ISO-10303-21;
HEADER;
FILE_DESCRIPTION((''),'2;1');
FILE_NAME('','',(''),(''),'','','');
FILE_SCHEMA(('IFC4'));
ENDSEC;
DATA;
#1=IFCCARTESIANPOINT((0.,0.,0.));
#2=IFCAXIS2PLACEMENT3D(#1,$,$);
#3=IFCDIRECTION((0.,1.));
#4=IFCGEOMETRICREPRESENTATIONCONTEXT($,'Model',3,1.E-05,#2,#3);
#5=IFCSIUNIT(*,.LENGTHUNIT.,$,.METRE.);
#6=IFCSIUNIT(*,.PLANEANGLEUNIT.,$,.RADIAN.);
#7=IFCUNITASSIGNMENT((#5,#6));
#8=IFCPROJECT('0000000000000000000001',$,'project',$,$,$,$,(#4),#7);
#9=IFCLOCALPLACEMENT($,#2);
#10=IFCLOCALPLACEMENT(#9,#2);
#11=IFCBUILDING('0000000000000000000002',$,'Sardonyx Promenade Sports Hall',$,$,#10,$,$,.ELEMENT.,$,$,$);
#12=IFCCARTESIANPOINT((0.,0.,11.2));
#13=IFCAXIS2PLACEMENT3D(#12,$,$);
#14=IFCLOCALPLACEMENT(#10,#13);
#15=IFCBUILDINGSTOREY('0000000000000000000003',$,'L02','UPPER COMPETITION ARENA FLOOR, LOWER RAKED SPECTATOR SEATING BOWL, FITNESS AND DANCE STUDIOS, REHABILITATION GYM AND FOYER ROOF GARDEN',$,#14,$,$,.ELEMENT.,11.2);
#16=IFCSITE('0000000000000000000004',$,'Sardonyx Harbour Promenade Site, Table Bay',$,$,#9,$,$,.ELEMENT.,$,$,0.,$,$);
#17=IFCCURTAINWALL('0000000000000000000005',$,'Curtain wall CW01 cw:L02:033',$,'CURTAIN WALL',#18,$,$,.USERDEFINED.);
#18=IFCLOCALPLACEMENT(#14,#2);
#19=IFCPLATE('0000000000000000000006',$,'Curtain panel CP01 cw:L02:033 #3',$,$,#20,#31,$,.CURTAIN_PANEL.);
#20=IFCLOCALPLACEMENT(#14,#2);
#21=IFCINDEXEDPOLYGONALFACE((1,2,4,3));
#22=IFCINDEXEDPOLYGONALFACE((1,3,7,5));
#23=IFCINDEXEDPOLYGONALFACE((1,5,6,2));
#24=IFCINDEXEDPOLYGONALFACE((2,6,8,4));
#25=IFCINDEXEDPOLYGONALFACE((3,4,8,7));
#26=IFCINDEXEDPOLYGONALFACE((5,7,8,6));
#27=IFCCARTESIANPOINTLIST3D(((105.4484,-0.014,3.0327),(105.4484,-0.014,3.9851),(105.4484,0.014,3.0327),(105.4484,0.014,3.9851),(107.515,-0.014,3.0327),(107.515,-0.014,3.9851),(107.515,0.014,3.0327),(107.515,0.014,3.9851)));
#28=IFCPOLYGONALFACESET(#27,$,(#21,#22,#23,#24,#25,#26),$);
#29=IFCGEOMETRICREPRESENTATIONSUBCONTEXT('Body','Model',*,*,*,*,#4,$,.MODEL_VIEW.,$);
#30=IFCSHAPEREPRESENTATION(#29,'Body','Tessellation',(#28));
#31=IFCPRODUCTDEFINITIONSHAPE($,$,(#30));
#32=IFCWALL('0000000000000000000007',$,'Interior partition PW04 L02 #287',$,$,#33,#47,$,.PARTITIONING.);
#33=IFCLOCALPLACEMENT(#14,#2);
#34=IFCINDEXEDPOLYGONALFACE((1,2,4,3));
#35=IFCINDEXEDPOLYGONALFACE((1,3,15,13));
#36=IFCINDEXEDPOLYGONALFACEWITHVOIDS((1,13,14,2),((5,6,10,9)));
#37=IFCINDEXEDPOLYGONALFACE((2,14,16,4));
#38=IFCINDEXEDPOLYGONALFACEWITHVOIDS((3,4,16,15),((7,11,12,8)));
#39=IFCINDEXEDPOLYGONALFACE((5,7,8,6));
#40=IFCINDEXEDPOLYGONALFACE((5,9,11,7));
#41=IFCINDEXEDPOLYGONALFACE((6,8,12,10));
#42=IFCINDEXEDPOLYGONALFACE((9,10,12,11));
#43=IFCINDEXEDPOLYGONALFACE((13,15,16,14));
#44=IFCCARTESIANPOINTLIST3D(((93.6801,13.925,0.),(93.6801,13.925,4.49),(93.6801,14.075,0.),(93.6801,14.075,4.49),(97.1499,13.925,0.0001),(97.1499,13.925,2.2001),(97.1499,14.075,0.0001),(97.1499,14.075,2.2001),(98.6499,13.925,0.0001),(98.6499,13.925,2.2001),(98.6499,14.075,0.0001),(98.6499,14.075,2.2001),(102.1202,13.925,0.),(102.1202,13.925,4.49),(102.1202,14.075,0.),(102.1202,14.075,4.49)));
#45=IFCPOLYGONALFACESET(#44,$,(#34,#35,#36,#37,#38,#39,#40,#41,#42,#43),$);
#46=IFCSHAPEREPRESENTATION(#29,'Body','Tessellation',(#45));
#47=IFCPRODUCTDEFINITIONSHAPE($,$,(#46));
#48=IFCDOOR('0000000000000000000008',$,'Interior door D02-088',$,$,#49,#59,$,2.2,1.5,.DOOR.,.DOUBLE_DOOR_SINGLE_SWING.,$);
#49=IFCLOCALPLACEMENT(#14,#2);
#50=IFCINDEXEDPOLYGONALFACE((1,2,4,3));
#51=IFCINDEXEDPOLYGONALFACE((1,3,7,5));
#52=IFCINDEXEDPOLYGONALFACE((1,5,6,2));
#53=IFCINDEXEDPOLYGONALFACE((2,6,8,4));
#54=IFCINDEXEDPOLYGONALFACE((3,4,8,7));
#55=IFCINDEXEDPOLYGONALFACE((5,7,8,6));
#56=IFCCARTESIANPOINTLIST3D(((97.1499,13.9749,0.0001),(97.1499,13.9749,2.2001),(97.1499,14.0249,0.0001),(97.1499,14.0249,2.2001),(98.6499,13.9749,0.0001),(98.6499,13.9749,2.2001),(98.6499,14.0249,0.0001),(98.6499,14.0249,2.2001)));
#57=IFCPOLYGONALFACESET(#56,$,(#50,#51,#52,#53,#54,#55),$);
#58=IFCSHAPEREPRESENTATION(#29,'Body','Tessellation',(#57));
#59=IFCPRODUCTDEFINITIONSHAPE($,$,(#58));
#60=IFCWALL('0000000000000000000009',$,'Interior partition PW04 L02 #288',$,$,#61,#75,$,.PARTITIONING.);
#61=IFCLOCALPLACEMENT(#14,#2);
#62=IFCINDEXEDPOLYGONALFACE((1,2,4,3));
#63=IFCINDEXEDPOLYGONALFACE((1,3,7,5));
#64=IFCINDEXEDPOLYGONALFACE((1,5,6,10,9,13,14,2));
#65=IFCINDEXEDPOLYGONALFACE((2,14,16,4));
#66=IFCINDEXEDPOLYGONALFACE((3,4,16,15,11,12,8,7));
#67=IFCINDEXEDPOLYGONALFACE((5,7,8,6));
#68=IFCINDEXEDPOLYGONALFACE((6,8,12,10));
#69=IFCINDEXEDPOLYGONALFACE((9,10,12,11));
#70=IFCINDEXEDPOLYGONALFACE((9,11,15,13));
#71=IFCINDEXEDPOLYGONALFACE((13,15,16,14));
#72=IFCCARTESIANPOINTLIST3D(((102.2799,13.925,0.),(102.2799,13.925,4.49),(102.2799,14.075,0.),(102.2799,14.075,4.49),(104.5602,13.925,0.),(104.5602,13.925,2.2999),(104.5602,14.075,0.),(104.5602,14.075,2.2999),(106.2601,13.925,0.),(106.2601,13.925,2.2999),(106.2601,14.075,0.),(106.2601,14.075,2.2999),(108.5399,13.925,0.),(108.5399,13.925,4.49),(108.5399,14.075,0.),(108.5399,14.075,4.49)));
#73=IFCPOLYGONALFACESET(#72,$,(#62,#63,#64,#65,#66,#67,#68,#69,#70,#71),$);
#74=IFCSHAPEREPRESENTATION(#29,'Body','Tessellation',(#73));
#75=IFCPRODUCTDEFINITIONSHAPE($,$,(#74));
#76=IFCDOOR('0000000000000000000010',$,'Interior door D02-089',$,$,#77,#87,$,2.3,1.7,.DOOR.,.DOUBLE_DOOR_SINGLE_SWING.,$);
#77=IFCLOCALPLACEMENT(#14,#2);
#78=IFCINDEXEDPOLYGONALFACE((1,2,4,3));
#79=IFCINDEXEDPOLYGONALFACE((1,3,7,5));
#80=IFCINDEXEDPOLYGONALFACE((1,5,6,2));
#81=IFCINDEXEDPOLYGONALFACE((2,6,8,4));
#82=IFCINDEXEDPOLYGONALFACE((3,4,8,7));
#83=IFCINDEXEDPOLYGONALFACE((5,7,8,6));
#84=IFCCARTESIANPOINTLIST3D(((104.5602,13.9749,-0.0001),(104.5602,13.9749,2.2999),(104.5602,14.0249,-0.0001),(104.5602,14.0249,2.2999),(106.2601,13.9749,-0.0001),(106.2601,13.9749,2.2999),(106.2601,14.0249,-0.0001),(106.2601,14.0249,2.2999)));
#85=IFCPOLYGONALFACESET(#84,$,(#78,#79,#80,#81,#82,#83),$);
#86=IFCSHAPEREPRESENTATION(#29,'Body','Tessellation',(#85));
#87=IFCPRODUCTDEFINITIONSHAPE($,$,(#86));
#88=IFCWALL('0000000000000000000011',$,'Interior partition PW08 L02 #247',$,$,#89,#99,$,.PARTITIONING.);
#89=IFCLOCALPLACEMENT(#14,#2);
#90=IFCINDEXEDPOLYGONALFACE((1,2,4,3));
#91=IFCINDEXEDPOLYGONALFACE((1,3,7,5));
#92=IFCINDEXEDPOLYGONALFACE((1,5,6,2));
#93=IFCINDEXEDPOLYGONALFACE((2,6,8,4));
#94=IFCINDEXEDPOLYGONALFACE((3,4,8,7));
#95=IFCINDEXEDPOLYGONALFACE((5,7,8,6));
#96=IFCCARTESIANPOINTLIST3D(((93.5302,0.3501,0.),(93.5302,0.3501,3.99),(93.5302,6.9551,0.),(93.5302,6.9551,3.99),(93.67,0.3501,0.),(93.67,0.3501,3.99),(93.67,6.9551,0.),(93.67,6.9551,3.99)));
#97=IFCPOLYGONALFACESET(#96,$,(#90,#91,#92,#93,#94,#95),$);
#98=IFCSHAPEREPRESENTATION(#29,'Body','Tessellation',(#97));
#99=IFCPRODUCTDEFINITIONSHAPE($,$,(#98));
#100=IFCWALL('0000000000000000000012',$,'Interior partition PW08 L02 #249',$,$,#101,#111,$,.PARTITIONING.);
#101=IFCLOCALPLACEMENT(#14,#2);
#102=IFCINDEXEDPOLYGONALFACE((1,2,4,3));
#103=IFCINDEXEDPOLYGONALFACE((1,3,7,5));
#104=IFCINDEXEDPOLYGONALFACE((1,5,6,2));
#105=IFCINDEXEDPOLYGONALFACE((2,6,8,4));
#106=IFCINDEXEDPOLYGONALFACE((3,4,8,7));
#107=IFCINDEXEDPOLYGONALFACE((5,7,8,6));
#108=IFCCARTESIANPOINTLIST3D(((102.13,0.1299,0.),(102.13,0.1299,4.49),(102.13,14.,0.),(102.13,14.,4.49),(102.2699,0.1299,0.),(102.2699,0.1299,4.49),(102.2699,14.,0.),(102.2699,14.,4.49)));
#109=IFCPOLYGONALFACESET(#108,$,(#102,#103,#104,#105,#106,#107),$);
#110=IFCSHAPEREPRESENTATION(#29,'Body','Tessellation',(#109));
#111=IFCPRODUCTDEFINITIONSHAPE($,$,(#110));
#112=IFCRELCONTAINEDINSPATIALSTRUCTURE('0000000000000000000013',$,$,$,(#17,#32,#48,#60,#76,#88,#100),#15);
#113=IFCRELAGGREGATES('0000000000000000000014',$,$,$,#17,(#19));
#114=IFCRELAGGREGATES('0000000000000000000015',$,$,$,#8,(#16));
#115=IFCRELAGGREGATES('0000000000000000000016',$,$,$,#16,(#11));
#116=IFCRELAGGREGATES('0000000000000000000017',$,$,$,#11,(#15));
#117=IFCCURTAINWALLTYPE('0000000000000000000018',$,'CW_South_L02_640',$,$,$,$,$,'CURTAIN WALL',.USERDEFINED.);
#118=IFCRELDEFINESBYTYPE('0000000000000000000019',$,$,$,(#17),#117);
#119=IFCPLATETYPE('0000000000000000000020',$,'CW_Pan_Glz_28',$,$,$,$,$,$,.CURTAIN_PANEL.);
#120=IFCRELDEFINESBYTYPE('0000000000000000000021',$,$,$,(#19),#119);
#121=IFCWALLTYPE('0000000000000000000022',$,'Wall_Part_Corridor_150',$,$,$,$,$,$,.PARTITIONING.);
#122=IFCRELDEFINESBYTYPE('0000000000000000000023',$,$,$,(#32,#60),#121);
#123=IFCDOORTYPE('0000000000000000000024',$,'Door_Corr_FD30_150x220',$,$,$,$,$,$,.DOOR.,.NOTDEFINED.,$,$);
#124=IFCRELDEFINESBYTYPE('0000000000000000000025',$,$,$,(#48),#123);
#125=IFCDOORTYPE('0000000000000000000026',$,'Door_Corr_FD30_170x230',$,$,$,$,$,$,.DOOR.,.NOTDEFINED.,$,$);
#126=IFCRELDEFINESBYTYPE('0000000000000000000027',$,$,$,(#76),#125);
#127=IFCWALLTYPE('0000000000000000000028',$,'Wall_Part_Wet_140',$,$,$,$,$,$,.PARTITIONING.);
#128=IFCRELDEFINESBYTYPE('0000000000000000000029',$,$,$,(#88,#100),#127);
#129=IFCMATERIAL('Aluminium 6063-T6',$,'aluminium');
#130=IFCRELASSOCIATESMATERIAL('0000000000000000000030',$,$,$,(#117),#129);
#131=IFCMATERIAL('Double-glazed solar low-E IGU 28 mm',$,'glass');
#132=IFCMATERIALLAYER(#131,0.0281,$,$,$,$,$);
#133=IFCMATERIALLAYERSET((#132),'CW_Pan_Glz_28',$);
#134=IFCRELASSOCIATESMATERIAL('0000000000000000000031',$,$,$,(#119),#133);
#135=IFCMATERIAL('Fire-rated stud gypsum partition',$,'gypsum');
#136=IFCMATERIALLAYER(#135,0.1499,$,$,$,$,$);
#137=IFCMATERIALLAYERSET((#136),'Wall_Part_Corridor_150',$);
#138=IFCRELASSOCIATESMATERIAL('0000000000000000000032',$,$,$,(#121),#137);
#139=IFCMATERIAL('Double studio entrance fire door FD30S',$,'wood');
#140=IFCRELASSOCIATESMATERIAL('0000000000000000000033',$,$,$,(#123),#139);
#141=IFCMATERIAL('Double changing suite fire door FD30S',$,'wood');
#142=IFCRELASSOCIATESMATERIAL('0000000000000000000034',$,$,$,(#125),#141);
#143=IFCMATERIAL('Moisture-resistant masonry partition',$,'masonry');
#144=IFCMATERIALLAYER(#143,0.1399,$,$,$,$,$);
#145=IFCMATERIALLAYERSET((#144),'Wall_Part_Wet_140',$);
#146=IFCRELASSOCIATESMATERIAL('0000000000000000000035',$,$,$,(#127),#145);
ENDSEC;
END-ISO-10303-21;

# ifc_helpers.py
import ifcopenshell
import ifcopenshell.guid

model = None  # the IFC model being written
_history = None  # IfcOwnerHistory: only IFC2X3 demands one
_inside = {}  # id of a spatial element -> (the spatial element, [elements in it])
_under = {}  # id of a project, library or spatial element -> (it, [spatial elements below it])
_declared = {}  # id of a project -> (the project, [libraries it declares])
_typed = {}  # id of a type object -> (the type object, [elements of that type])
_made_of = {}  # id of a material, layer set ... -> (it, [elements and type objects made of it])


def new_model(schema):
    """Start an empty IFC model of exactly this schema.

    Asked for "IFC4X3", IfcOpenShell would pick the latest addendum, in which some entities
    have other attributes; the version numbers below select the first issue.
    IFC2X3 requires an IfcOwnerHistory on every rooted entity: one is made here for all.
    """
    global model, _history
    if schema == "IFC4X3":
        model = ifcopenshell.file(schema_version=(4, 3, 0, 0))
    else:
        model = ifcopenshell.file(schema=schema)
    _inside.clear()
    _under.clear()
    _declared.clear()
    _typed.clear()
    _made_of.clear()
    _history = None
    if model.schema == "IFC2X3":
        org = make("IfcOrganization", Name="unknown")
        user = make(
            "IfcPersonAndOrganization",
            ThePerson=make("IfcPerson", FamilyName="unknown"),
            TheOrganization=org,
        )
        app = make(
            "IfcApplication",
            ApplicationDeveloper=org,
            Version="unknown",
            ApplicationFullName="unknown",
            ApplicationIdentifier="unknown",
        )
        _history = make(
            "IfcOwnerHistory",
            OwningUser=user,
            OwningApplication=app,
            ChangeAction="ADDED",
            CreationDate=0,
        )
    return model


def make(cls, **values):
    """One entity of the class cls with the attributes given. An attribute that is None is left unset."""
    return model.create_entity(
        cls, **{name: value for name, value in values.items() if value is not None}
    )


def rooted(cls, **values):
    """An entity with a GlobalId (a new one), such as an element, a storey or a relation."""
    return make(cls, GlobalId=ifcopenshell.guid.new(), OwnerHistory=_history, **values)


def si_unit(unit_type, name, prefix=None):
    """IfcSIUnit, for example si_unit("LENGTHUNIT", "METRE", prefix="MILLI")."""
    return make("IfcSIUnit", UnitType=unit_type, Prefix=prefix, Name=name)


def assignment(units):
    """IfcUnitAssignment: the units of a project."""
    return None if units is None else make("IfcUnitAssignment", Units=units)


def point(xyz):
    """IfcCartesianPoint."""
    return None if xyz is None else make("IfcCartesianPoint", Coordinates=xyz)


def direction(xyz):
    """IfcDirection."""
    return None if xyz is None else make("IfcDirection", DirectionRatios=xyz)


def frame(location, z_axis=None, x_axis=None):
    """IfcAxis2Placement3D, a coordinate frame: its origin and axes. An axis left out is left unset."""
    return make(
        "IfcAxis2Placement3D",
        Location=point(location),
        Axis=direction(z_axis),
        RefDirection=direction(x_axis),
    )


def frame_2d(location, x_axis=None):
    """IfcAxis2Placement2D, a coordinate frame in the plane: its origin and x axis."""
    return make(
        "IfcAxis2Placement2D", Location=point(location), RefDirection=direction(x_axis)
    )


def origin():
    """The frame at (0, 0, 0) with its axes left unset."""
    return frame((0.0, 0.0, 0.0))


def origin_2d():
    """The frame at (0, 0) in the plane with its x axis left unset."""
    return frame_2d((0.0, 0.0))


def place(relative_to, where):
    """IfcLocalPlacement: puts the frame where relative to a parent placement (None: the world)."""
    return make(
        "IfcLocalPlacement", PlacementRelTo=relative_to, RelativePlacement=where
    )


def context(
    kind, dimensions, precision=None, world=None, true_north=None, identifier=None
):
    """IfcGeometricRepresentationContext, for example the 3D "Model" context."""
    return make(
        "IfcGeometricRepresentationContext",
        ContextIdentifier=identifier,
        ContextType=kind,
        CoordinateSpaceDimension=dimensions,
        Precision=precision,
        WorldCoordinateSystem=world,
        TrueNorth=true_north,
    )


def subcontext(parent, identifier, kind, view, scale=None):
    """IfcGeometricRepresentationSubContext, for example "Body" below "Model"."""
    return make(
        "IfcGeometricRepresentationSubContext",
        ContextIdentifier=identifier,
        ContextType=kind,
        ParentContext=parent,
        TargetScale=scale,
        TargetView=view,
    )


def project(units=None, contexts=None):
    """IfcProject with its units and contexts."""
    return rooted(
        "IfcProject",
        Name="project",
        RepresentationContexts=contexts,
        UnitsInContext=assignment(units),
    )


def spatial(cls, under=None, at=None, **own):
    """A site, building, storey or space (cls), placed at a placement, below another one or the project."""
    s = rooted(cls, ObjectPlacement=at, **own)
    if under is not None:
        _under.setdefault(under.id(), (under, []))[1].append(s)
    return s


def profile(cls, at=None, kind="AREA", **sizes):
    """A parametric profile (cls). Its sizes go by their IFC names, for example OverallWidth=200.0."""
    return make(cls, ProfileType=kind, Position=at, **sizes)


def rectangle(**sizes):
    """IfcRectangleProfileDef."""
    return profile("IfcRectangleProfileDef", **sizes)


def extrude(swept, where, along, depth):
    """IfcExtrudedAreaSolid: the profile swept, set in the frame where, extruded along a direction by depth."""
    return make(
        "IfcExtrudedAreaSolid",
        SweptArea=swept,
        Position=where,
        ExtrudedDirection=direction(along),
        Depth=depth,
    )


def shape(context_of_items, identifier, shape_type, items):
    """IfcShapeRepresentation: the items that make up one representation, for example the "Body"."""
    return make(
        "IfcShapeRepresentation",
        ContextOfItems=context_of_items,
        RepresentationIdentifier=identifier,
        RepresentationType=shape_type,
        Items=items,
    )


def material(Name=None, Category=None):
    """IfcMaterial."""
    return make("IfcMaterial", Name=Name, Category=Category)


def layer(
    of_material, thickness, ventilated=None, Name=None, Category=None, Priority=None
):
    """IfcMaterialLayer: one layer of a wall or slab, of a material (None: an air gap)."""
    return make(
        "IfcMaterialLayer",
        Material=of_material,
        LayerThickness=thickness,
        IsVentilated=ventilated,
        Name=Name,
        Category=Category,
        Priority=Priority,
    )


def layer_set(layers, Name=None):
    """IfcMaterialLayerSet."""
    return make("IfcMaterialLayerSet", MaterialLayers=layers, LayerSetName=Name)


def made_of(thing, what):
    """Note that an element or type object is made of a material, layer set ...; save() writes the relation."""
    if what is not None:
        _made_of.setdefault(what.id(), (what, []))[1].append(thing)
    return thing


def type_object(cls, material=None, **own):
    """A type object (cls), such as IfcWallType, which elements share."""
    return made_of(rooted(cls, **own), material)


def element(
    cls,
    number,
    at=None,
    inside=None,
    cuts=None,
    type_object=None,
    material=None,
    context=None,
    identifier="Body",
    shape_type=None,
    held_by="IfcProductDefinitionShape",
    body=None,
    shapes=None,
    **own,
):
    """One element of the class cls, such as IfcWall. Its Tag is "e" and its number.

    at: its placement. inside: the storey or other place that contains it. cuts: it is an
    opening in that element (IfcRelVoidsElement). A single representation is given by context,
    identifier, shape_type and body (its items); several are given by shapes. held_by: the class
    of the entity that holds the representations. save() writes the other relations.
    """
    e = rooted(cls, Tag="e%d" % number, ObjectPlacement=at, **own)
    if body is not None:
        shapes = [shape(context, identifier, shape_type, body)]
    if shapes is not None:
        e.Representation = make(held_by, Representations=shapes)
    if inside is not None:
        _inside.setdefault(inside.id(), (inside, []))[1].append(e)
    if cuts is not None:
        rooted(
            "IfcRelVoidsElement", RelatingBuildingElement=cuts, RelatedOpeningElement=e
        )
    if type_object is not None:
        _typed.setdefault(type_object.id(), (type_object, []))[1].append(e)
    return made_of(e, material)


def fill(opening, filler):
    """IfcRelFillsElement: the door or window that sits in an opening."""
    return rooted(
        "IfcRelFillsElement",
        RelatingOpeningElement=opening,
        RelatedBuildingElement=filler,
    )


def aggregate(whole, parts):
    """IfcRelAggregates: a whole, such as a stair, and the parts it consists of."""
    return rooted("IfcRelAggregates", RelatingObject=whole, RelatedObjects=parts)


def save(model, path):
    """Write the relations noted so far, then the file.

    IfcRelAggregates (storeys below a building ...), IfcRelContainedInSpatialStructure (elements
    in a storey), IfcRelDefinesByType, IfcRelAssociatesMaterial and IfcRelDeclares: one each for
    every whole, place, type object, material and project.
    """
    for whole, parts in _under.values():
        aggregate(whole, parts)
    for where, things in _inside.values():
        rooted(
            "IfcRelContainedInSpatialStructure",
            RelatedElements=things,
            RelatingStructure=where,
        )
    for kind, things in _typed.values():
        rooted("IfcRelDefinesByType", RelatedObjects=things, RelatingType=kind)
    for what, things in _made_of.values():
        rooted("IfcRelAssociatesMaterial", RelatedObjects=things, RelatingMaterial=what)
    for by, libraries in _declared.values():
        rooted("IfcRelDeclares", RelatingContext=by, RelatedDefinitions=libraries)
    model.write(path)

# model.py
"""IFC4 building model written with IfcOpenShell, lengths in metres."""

from ifc_helpers import new_model, si_unit, direction, frame, frame_2d, origin, origin_2d, place, context, subcontext, project, spatial, rectangle, extrude, material, layer, layer_set, type_object, element, fill, aggregate, save


model = new_model("IFC4")

# Units and contexts
model_context = context("Model", 3, precision=1e-05, world=origin(), true_north=direction((0.0, 1.0)))
body_context = subcontext(model_context, "Body", "Model", "MODEL_VIEW")
ifc_project = project(units=[si_unit("LENGTHUNIT", "METRE"), si_unit("PLANEANGLEUNIT", "RADIAN")], contexts=[model_context])

# Site, building, storey
site_placement = place(None, origin())
site = spatial("IfcSite", under=ifc_project, at=site_placement, Name="Sardonyx Harbour Promenade Site, Table Bay", CompositionType="ELEMENT", RefElevation=0.0)
building_placement = place(site_placement, origin())
building = spatial("IfcBuilding", under=site, at=building_placement, Name="Sardonyx Promenade Sports Hall", CompositionType="ELEMENT")
storey_placement = place(building_placement, frame((0.0, 0.0, 11.2)))
storey = spatial("IfcBuildingStorey", under=building, at=storey_placement, Name="L02", Description="UPPER COMPETITION ARENA FLOOR, LOWER RAKED SPECTATOR SEATING BOWL, FITNESS AND DANCE STUDIOS, REHABILITATION GYM AND FOYER ROOF GARDEN", CompositionType="ELEMENT", Elevation=11.2)

# Curtain wall, plate
ifc_material_1 = material(Name="Aluminium 6063-T6", Category="aluminium")
curtain_wall_type = type_object("IfcCurtainWallType", Name="CW_South_L02_640", ElementType="CURTAIN WALL", PredefinedType="USERDEFINED", material=ifc_material_1)
curtain_wall_placement = place(storey_placement, origin())
curtain_wall = element("IfcCurtainWall", 1, at=curtain_wall_placement, inside=storey, type_object=curtain_wall_type, Name="Curtain wall CW01 cw:L02:033", ObjectType="CURTAIN WALL", PredefinedType="USERDEFINED")
ifc_material_2 = material(Name="Double-glazed solar low-E IGU 28 mm", Category="glass")
ifc_layer_1 = layer(ifc_material_2, 0.0281)
ifc_layer_set_1 = layer_set([ifc_layer_1], Name="CW_Pan_Glz_28")
plate_type = type_object("IfcPlateType", Name="CW_Pan_Glz_28", PredefinedType="CURTAIN_PANEL", material=ifc_layer_set_1)
plate_1_placement = place(storey_placement, frame((106.4817, 0.0, 3.0327), z_axis=(0.0, 0.0, 1.0), x_axis=(-1.0, 0.0, 0.0)))
plate_1 = element("IfcPlate", 2, at=plate_1_placement, type_object=plate_type, Name="Curtain panel CP01 cw:L02:033 #3", PredefinedType="CURTAIN_PANEL", context=body_context, shape_type="SweptSolid", body=[
    extrude(rectangle(XDim=2.0667, YDim=0.0281, at=origin_2d()), origin(), (0.0, 0.0, 1.0), 0.9524),
])
aggregate(curtain_wall, [plate_1])

# Walls, openings, doors
ifc_material_3 = material(Name="Fire-rated stud gypsum partition", Category="gypsum")
ifc_layer_2 = layer(ifc_material_3, 0.1499)
ifc_layer_set_2 = layer_set([ifc_layer_2], Name="Wall_Part_Corridor_150")
wall_type_1 = type_object("IfcWallType", Name="Wall_Part_Corridor_150", PredefinedType="PARTITIONING", material=ifc_layer_set_2)
wall_1_placement = place(storey_placement, frame((93.6799, 14.0, 0.0), z_axis=(0.0, 0.0, 1.0), x_axis=(1.0, 0.0, 0.0)))
wall_1 = element("IfcWall", 3, at=wall_1_placement, inside=storey, type_object=wall_type_1, Name="Interior partition PW04 L02 #287", PredefinedType="PARTITIONING", context=body_context, shape_type="SweptSolid", body=[
    extrude(rectangle(XDim=8.4402, YDim=0.1499, at=frame_2d((4.2202, 0.0))), origin(), (0.0, 0.0, 1.0), 4.49),
])
opening_1_placement = place(wall_1_placement, frame((3.47, 0.0, 0.0)))
opening_1 = element("IfcOpeningElement", 4, at=opening_1_placement, cuts=wall_1, PredefinedType="OPENING", context=body_context, shape_type="SweptSolid", body=[
    extrude(rectangle(XDim=1.5, YDim=2.2, at=frame_2d((0.75, 1.1001))), frame((0.0, 0.085, 0.0), z_axis=(0.0, -1.0, 0.0), x_axis=(1.0, 0.0, 0.0)), (0.0, 0.0, 1.0), 0.17),
])
ifc_material_4 = material(Name="Double studio entrance fire door FD30S", Category="wood")
door_type_1 = type_object("IfcDoorType", Name="Door_Corr_FD30_150x220", OperationType="NOTDEFINED", PredefinedType="DOOR", material=ifc_material_4)
door_1_placement = place(opening_1_placement, origin())
door_1 = element("IfcDoor", 5, at=door_1_placement, inside=storey, type_object=door_type_1, Name="Interior door D02-088", OperationType="DOUBLE_DOOR_SINGLE_SWING", OverallHeight=2.2, OverallWidth=1.5, PredefinedType="DOOR", context=body_context, shape_type="SweptSolid", body=[
    extrude(rectangle(XDim=1.5, YDim=2.2, at=frame_2d((0.75, 1.1001))), frame((0.0, 0.0249, 0.0), z_axis=(0.0, -1.0, 0.0), x_axis=(1.0, 0.0, 0.0)), (0.0, 0.0, 1.0), 0.05),
])
fill(opening_1, door_1)
wall_2_placement = place(storey_placement, frame((102.28, 14.0, 0.0), z_axis=(0.0, 0.0, 1.0), x_axis=(1.0, 0.0, 0.0)))
wall_2 = element("IfcWall", 6, at=wall_2_placement, inside=storey, type_object=wall_type_1, Name="Interior partition PW04 L02 #288", PredefinedType="PARTITIONING", context=body_context, shape_type="SweptSolid", body=[
    extrude(rectangle(XDim=6.26, YDim=0.1499, at=frame_2d((3.1299, 0.0))), origin(), (0.0, 0.0, 1.0), 4.49),
])
opening_2_placement = place(wall_2_placement, frame((2.28, 0.0, 0.0)))
opening_2 = element("IfcOpeningElement", 7, at=opening_2_placement, cuts=wall_2, PredefinedType="OPENING", context=body_context, shape_type="SweptSolid", body=[
    extrude(rectangle(XDim=1.7, YDim=2.3, at=frame_2d((0.8501, 1.1499))), frame((0.0, 0.085, 0.0), z_axis=(0.0, -1.0, 0.0), x_axis=(1.0, 0.0, 0.0)), (0.0, 0.0, 1.0), 0.17),
])
ifc_material_5 = material(Name="Double changing suite fire door FD30S", Category="wood")
door_type_2 = type_object("IfcDoorType", Name="Door_Corr_FD30_170x230", OperationType="NOTDEFINED", PredefinedType="DOOR", material=ifc_material_5)
door_2_placement = place(opening_2_placement, origin())
door_2 = element("IfcDoor", 8, at=door_2_placement, inside=storey, type_object=door_type_2, Name="Interior door D02-089", OperationType="DOUBLE_DOOR_SINGLE_SWING", OverallHeight=2.3, OverallWidth=1.7, PredefinedType="DOOR", context=body_context, shape_type="SweptSolid", body=[
    extrude(rectangle(XDim=1.7, YDim=2.3, at=frame_2d((0.8501, 1.1499))), frame((0.0, 0.0249, 0.0), z_axis=(0.0, -1.0, 0.0), x_axis=(1.0, 0.0, 0.0)), (0.0, 0.0, 1.0), 0.05),
])
fill(opening_2, door_2)

# Walls
ifc_material_6 = material(Name="Moisture-resistant masonry partition", Category="masonry")
ifc_layer_3 = layer(ifc_material_6, 0.1399)
ifc_layer_set_3 = layer_set([ifc_layer_3], Name="Wall_Part_Wet_140")
wall_type_2 = type_object("IfcWallType", Name="Wall_Part_Wet_140", PredefinedType="PARTITIONING", material=ifc_layer_set_3)
wall_3_placement = place(storey_placement, frame((93.6001, 0.3501, 0.0), z_axis=(0.0, 0.0, 1.0), x_axis=(0.0, 1.0, 0.0)))
element("IfcWall", 9, at=wall_3_placement, inside=storey, type_object=wall_type_2, Name="Interior partition PW08 L02 #247", PredefinedType="PARTITIONING", context=body_context, shape_type="SweptSolid", body=[
    extrude(rectangle(XDim=6.605, YDim=0.1399, at=frame_2d((3.3025, 0.0))), origin(), (0.0, 0.0, 1.0), 3.99),
])
wall_4_placement = place(storey_placement, frame((102.2, 0.1299, 0.0), z_axis=(0.0, 0.0, 1.0), x_axis=(0.0, 1.0, 0.0)))
element("IfcWall", 10, at=wall_4_placement, inside=storey, type_object=wall_type_2, Name="Interior partition PW08 L02 #249", PredefinedType="PARTITIONING", context=body_context, shape_type="SweptSolid", body=[
    extrude(rectangle(XDim=13.8701, YDim=0.1399, at=frame_2d((6.9351, 0.0))), origin(), (0.0, 0.0, 1.0), 4.49),
])

save(model, "model.ifc")
